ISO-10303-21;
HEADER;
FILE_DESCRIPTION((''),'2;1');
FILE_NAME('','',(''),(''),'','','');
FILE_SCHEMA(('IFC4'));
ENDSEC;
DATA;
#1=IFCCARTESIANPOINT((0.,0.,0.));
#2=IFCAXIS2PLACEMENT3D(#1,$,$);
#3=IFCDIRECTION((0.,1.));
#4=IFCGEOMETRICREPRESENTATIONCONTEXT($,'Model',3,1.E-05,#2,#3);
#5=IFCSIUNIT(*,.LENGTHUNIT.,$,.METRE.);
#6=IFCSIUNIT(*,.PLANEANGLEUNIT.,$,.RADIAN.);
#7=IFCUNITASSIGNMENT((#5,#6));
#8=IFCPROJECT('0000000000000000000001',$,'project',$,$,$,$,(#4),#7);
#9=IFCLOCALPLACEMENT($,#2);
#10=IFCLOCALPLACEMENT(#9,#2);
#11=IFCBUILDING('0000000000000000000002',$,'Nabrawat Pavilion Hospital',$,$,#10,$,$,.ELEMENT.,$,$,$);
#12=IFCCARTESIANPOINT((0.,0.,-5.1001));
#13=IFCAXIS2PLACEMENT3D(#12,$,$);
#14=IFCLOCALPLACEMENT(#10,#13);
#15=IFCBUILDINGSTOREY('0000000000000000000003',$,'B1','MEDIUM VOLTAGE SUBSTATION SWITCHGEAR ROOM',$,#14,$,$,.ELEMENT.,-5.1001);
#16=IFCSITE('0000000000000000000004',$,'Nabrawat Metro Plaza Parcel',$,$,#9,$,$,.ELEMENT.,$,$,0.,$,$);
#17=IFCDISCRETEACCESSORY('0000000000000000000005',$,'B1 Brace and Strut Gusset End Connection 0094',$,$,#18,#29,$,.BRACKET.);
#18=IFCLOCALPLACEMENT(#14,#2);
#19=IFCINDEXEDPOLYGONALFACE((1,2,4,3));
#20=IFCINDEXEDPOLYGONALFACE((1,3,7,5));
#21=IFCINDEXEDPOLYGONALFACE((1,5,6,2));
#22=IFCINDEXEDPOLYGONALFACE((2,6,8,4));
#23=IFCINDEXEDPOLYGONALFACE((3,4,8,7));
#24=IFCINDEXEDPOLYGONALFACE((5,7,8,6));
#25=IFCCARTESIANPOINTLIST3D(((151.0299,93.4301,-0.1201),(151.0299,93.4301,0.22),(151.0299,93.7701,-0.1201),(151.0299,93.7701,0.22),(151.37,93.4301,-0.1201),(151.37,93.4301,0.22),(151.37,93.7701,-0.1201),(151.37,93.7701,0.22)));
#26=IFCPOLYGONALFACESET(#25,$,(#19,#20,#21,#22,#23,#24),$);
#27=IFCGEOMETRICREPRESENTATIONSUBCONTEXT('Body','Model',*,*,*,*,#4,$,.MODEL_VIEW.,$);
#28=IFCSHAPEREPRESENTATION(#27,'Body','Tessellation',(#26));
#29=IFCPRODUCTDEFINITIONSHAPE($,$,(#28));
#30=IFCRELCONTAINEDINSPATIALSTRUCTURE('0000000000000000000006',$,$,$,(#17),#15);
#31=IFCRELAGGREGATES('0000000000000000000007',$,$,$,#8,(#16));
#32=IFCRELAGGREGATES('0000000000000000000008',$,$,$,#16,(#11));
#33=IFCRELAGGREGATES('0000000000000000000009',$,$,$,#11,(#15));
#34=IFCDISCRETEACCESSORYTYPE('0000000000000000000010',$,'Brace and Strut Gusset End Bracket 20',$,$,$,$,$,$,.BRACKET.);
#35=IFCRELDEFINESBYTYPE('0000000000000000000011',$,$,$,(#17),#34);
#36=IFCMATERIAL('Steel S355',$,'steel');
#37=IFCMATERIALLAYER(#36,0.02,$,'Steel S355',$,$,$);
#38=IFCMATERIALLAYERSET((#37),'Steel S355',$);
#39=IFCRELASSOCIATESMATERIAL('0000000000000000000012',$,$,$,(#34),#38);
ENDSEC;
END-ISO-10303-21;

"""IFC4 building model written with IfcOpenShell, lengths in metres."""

from ifc_helpers import new_model, si_unit, direction, frame, origin, origin_2d, place, context, subcontext, project, spatial, rectangle, extrude, material, layer, layer_set, type_object, element, save


model = new_model("IFC4")

# Units and contexts
model_context = context("Model", 3, precision=1e-05, world=origin(), true_north=direction((0.0, 1.0)))
body_context = subcontext(model_context, "Body", "Model", "MODEL_VIEW")
ifc_project = project(units=[si_unit("LENGTHUNIT", "METRE"), si_unit("PLANEANGLEUNIT", "RADIAN")], contexts=[model_context])

# Site, building, storey
site_placement = place(None, origin())
site = spatial("IfcSite", under=ifc_project, at=site_placement, Name="Nabrawat Metro Plaza Parcel", CompositionType="ELEMENT", RefElevation=0.0)
building_placement = place(site_placement, origin())
building = spatial("IfcBuilding", under=site, at=building_placement, Name="Nabrawat Pavilion Hospital", CompositionType="ELEMENT")
storey_placement = place(building_placement, frame((0.0, 0.0, -5.1001)))
storey = spatial("IfcBuildingStorey", under=building, at=storey_placement, Name="B1", Description="MEDIUM VOLTAGE SUBSTATION SWITCHGEAR ROOM", CompositionType="ELEMENT", Elevation=-5.1001)

# Shared definitions
ifc_material_1 = material(Name="Steel S355", Category="steel")

# Discrete accessory
ifc_layer_1 = layer(ifc_material_1, 0.02, Name="Steel S355")
ifc_layer_set_1 = layer_set([ifc_layer_1], Name="Steel S355")
discrete_accessory_type = type_object("IfcDiscreteAccessoryType", Name="Brace and Strut Gusset End Bracket 20", PredefinedType="BRACKET", material=ifc_layer_set_1)
discrete_accessory_placement = place(storey_placement, frame((151.2, 93.6001, -0.1201), z_axis=(0.0, 0.0, 1.0), x_axis=(1.0, 0.0, 0.0)))
element("IfcDiscreteAccessory", 1, at=discrete_accessory_placement, inside=storey, type_object=discrete_accessory_type, Name="B1 Brace and Strut Gusset End Connection 0094", PredefinedType="BRACKET", context=body_context, shape_type="SweptSolid", body=[
    extrude(rectangle(XDim=0.3401, YDim=0.3401, at=origin_2d()), origin(), (0.0, 0.0, 1.0), 0.3401),
])

save(model, "model.ifc")
